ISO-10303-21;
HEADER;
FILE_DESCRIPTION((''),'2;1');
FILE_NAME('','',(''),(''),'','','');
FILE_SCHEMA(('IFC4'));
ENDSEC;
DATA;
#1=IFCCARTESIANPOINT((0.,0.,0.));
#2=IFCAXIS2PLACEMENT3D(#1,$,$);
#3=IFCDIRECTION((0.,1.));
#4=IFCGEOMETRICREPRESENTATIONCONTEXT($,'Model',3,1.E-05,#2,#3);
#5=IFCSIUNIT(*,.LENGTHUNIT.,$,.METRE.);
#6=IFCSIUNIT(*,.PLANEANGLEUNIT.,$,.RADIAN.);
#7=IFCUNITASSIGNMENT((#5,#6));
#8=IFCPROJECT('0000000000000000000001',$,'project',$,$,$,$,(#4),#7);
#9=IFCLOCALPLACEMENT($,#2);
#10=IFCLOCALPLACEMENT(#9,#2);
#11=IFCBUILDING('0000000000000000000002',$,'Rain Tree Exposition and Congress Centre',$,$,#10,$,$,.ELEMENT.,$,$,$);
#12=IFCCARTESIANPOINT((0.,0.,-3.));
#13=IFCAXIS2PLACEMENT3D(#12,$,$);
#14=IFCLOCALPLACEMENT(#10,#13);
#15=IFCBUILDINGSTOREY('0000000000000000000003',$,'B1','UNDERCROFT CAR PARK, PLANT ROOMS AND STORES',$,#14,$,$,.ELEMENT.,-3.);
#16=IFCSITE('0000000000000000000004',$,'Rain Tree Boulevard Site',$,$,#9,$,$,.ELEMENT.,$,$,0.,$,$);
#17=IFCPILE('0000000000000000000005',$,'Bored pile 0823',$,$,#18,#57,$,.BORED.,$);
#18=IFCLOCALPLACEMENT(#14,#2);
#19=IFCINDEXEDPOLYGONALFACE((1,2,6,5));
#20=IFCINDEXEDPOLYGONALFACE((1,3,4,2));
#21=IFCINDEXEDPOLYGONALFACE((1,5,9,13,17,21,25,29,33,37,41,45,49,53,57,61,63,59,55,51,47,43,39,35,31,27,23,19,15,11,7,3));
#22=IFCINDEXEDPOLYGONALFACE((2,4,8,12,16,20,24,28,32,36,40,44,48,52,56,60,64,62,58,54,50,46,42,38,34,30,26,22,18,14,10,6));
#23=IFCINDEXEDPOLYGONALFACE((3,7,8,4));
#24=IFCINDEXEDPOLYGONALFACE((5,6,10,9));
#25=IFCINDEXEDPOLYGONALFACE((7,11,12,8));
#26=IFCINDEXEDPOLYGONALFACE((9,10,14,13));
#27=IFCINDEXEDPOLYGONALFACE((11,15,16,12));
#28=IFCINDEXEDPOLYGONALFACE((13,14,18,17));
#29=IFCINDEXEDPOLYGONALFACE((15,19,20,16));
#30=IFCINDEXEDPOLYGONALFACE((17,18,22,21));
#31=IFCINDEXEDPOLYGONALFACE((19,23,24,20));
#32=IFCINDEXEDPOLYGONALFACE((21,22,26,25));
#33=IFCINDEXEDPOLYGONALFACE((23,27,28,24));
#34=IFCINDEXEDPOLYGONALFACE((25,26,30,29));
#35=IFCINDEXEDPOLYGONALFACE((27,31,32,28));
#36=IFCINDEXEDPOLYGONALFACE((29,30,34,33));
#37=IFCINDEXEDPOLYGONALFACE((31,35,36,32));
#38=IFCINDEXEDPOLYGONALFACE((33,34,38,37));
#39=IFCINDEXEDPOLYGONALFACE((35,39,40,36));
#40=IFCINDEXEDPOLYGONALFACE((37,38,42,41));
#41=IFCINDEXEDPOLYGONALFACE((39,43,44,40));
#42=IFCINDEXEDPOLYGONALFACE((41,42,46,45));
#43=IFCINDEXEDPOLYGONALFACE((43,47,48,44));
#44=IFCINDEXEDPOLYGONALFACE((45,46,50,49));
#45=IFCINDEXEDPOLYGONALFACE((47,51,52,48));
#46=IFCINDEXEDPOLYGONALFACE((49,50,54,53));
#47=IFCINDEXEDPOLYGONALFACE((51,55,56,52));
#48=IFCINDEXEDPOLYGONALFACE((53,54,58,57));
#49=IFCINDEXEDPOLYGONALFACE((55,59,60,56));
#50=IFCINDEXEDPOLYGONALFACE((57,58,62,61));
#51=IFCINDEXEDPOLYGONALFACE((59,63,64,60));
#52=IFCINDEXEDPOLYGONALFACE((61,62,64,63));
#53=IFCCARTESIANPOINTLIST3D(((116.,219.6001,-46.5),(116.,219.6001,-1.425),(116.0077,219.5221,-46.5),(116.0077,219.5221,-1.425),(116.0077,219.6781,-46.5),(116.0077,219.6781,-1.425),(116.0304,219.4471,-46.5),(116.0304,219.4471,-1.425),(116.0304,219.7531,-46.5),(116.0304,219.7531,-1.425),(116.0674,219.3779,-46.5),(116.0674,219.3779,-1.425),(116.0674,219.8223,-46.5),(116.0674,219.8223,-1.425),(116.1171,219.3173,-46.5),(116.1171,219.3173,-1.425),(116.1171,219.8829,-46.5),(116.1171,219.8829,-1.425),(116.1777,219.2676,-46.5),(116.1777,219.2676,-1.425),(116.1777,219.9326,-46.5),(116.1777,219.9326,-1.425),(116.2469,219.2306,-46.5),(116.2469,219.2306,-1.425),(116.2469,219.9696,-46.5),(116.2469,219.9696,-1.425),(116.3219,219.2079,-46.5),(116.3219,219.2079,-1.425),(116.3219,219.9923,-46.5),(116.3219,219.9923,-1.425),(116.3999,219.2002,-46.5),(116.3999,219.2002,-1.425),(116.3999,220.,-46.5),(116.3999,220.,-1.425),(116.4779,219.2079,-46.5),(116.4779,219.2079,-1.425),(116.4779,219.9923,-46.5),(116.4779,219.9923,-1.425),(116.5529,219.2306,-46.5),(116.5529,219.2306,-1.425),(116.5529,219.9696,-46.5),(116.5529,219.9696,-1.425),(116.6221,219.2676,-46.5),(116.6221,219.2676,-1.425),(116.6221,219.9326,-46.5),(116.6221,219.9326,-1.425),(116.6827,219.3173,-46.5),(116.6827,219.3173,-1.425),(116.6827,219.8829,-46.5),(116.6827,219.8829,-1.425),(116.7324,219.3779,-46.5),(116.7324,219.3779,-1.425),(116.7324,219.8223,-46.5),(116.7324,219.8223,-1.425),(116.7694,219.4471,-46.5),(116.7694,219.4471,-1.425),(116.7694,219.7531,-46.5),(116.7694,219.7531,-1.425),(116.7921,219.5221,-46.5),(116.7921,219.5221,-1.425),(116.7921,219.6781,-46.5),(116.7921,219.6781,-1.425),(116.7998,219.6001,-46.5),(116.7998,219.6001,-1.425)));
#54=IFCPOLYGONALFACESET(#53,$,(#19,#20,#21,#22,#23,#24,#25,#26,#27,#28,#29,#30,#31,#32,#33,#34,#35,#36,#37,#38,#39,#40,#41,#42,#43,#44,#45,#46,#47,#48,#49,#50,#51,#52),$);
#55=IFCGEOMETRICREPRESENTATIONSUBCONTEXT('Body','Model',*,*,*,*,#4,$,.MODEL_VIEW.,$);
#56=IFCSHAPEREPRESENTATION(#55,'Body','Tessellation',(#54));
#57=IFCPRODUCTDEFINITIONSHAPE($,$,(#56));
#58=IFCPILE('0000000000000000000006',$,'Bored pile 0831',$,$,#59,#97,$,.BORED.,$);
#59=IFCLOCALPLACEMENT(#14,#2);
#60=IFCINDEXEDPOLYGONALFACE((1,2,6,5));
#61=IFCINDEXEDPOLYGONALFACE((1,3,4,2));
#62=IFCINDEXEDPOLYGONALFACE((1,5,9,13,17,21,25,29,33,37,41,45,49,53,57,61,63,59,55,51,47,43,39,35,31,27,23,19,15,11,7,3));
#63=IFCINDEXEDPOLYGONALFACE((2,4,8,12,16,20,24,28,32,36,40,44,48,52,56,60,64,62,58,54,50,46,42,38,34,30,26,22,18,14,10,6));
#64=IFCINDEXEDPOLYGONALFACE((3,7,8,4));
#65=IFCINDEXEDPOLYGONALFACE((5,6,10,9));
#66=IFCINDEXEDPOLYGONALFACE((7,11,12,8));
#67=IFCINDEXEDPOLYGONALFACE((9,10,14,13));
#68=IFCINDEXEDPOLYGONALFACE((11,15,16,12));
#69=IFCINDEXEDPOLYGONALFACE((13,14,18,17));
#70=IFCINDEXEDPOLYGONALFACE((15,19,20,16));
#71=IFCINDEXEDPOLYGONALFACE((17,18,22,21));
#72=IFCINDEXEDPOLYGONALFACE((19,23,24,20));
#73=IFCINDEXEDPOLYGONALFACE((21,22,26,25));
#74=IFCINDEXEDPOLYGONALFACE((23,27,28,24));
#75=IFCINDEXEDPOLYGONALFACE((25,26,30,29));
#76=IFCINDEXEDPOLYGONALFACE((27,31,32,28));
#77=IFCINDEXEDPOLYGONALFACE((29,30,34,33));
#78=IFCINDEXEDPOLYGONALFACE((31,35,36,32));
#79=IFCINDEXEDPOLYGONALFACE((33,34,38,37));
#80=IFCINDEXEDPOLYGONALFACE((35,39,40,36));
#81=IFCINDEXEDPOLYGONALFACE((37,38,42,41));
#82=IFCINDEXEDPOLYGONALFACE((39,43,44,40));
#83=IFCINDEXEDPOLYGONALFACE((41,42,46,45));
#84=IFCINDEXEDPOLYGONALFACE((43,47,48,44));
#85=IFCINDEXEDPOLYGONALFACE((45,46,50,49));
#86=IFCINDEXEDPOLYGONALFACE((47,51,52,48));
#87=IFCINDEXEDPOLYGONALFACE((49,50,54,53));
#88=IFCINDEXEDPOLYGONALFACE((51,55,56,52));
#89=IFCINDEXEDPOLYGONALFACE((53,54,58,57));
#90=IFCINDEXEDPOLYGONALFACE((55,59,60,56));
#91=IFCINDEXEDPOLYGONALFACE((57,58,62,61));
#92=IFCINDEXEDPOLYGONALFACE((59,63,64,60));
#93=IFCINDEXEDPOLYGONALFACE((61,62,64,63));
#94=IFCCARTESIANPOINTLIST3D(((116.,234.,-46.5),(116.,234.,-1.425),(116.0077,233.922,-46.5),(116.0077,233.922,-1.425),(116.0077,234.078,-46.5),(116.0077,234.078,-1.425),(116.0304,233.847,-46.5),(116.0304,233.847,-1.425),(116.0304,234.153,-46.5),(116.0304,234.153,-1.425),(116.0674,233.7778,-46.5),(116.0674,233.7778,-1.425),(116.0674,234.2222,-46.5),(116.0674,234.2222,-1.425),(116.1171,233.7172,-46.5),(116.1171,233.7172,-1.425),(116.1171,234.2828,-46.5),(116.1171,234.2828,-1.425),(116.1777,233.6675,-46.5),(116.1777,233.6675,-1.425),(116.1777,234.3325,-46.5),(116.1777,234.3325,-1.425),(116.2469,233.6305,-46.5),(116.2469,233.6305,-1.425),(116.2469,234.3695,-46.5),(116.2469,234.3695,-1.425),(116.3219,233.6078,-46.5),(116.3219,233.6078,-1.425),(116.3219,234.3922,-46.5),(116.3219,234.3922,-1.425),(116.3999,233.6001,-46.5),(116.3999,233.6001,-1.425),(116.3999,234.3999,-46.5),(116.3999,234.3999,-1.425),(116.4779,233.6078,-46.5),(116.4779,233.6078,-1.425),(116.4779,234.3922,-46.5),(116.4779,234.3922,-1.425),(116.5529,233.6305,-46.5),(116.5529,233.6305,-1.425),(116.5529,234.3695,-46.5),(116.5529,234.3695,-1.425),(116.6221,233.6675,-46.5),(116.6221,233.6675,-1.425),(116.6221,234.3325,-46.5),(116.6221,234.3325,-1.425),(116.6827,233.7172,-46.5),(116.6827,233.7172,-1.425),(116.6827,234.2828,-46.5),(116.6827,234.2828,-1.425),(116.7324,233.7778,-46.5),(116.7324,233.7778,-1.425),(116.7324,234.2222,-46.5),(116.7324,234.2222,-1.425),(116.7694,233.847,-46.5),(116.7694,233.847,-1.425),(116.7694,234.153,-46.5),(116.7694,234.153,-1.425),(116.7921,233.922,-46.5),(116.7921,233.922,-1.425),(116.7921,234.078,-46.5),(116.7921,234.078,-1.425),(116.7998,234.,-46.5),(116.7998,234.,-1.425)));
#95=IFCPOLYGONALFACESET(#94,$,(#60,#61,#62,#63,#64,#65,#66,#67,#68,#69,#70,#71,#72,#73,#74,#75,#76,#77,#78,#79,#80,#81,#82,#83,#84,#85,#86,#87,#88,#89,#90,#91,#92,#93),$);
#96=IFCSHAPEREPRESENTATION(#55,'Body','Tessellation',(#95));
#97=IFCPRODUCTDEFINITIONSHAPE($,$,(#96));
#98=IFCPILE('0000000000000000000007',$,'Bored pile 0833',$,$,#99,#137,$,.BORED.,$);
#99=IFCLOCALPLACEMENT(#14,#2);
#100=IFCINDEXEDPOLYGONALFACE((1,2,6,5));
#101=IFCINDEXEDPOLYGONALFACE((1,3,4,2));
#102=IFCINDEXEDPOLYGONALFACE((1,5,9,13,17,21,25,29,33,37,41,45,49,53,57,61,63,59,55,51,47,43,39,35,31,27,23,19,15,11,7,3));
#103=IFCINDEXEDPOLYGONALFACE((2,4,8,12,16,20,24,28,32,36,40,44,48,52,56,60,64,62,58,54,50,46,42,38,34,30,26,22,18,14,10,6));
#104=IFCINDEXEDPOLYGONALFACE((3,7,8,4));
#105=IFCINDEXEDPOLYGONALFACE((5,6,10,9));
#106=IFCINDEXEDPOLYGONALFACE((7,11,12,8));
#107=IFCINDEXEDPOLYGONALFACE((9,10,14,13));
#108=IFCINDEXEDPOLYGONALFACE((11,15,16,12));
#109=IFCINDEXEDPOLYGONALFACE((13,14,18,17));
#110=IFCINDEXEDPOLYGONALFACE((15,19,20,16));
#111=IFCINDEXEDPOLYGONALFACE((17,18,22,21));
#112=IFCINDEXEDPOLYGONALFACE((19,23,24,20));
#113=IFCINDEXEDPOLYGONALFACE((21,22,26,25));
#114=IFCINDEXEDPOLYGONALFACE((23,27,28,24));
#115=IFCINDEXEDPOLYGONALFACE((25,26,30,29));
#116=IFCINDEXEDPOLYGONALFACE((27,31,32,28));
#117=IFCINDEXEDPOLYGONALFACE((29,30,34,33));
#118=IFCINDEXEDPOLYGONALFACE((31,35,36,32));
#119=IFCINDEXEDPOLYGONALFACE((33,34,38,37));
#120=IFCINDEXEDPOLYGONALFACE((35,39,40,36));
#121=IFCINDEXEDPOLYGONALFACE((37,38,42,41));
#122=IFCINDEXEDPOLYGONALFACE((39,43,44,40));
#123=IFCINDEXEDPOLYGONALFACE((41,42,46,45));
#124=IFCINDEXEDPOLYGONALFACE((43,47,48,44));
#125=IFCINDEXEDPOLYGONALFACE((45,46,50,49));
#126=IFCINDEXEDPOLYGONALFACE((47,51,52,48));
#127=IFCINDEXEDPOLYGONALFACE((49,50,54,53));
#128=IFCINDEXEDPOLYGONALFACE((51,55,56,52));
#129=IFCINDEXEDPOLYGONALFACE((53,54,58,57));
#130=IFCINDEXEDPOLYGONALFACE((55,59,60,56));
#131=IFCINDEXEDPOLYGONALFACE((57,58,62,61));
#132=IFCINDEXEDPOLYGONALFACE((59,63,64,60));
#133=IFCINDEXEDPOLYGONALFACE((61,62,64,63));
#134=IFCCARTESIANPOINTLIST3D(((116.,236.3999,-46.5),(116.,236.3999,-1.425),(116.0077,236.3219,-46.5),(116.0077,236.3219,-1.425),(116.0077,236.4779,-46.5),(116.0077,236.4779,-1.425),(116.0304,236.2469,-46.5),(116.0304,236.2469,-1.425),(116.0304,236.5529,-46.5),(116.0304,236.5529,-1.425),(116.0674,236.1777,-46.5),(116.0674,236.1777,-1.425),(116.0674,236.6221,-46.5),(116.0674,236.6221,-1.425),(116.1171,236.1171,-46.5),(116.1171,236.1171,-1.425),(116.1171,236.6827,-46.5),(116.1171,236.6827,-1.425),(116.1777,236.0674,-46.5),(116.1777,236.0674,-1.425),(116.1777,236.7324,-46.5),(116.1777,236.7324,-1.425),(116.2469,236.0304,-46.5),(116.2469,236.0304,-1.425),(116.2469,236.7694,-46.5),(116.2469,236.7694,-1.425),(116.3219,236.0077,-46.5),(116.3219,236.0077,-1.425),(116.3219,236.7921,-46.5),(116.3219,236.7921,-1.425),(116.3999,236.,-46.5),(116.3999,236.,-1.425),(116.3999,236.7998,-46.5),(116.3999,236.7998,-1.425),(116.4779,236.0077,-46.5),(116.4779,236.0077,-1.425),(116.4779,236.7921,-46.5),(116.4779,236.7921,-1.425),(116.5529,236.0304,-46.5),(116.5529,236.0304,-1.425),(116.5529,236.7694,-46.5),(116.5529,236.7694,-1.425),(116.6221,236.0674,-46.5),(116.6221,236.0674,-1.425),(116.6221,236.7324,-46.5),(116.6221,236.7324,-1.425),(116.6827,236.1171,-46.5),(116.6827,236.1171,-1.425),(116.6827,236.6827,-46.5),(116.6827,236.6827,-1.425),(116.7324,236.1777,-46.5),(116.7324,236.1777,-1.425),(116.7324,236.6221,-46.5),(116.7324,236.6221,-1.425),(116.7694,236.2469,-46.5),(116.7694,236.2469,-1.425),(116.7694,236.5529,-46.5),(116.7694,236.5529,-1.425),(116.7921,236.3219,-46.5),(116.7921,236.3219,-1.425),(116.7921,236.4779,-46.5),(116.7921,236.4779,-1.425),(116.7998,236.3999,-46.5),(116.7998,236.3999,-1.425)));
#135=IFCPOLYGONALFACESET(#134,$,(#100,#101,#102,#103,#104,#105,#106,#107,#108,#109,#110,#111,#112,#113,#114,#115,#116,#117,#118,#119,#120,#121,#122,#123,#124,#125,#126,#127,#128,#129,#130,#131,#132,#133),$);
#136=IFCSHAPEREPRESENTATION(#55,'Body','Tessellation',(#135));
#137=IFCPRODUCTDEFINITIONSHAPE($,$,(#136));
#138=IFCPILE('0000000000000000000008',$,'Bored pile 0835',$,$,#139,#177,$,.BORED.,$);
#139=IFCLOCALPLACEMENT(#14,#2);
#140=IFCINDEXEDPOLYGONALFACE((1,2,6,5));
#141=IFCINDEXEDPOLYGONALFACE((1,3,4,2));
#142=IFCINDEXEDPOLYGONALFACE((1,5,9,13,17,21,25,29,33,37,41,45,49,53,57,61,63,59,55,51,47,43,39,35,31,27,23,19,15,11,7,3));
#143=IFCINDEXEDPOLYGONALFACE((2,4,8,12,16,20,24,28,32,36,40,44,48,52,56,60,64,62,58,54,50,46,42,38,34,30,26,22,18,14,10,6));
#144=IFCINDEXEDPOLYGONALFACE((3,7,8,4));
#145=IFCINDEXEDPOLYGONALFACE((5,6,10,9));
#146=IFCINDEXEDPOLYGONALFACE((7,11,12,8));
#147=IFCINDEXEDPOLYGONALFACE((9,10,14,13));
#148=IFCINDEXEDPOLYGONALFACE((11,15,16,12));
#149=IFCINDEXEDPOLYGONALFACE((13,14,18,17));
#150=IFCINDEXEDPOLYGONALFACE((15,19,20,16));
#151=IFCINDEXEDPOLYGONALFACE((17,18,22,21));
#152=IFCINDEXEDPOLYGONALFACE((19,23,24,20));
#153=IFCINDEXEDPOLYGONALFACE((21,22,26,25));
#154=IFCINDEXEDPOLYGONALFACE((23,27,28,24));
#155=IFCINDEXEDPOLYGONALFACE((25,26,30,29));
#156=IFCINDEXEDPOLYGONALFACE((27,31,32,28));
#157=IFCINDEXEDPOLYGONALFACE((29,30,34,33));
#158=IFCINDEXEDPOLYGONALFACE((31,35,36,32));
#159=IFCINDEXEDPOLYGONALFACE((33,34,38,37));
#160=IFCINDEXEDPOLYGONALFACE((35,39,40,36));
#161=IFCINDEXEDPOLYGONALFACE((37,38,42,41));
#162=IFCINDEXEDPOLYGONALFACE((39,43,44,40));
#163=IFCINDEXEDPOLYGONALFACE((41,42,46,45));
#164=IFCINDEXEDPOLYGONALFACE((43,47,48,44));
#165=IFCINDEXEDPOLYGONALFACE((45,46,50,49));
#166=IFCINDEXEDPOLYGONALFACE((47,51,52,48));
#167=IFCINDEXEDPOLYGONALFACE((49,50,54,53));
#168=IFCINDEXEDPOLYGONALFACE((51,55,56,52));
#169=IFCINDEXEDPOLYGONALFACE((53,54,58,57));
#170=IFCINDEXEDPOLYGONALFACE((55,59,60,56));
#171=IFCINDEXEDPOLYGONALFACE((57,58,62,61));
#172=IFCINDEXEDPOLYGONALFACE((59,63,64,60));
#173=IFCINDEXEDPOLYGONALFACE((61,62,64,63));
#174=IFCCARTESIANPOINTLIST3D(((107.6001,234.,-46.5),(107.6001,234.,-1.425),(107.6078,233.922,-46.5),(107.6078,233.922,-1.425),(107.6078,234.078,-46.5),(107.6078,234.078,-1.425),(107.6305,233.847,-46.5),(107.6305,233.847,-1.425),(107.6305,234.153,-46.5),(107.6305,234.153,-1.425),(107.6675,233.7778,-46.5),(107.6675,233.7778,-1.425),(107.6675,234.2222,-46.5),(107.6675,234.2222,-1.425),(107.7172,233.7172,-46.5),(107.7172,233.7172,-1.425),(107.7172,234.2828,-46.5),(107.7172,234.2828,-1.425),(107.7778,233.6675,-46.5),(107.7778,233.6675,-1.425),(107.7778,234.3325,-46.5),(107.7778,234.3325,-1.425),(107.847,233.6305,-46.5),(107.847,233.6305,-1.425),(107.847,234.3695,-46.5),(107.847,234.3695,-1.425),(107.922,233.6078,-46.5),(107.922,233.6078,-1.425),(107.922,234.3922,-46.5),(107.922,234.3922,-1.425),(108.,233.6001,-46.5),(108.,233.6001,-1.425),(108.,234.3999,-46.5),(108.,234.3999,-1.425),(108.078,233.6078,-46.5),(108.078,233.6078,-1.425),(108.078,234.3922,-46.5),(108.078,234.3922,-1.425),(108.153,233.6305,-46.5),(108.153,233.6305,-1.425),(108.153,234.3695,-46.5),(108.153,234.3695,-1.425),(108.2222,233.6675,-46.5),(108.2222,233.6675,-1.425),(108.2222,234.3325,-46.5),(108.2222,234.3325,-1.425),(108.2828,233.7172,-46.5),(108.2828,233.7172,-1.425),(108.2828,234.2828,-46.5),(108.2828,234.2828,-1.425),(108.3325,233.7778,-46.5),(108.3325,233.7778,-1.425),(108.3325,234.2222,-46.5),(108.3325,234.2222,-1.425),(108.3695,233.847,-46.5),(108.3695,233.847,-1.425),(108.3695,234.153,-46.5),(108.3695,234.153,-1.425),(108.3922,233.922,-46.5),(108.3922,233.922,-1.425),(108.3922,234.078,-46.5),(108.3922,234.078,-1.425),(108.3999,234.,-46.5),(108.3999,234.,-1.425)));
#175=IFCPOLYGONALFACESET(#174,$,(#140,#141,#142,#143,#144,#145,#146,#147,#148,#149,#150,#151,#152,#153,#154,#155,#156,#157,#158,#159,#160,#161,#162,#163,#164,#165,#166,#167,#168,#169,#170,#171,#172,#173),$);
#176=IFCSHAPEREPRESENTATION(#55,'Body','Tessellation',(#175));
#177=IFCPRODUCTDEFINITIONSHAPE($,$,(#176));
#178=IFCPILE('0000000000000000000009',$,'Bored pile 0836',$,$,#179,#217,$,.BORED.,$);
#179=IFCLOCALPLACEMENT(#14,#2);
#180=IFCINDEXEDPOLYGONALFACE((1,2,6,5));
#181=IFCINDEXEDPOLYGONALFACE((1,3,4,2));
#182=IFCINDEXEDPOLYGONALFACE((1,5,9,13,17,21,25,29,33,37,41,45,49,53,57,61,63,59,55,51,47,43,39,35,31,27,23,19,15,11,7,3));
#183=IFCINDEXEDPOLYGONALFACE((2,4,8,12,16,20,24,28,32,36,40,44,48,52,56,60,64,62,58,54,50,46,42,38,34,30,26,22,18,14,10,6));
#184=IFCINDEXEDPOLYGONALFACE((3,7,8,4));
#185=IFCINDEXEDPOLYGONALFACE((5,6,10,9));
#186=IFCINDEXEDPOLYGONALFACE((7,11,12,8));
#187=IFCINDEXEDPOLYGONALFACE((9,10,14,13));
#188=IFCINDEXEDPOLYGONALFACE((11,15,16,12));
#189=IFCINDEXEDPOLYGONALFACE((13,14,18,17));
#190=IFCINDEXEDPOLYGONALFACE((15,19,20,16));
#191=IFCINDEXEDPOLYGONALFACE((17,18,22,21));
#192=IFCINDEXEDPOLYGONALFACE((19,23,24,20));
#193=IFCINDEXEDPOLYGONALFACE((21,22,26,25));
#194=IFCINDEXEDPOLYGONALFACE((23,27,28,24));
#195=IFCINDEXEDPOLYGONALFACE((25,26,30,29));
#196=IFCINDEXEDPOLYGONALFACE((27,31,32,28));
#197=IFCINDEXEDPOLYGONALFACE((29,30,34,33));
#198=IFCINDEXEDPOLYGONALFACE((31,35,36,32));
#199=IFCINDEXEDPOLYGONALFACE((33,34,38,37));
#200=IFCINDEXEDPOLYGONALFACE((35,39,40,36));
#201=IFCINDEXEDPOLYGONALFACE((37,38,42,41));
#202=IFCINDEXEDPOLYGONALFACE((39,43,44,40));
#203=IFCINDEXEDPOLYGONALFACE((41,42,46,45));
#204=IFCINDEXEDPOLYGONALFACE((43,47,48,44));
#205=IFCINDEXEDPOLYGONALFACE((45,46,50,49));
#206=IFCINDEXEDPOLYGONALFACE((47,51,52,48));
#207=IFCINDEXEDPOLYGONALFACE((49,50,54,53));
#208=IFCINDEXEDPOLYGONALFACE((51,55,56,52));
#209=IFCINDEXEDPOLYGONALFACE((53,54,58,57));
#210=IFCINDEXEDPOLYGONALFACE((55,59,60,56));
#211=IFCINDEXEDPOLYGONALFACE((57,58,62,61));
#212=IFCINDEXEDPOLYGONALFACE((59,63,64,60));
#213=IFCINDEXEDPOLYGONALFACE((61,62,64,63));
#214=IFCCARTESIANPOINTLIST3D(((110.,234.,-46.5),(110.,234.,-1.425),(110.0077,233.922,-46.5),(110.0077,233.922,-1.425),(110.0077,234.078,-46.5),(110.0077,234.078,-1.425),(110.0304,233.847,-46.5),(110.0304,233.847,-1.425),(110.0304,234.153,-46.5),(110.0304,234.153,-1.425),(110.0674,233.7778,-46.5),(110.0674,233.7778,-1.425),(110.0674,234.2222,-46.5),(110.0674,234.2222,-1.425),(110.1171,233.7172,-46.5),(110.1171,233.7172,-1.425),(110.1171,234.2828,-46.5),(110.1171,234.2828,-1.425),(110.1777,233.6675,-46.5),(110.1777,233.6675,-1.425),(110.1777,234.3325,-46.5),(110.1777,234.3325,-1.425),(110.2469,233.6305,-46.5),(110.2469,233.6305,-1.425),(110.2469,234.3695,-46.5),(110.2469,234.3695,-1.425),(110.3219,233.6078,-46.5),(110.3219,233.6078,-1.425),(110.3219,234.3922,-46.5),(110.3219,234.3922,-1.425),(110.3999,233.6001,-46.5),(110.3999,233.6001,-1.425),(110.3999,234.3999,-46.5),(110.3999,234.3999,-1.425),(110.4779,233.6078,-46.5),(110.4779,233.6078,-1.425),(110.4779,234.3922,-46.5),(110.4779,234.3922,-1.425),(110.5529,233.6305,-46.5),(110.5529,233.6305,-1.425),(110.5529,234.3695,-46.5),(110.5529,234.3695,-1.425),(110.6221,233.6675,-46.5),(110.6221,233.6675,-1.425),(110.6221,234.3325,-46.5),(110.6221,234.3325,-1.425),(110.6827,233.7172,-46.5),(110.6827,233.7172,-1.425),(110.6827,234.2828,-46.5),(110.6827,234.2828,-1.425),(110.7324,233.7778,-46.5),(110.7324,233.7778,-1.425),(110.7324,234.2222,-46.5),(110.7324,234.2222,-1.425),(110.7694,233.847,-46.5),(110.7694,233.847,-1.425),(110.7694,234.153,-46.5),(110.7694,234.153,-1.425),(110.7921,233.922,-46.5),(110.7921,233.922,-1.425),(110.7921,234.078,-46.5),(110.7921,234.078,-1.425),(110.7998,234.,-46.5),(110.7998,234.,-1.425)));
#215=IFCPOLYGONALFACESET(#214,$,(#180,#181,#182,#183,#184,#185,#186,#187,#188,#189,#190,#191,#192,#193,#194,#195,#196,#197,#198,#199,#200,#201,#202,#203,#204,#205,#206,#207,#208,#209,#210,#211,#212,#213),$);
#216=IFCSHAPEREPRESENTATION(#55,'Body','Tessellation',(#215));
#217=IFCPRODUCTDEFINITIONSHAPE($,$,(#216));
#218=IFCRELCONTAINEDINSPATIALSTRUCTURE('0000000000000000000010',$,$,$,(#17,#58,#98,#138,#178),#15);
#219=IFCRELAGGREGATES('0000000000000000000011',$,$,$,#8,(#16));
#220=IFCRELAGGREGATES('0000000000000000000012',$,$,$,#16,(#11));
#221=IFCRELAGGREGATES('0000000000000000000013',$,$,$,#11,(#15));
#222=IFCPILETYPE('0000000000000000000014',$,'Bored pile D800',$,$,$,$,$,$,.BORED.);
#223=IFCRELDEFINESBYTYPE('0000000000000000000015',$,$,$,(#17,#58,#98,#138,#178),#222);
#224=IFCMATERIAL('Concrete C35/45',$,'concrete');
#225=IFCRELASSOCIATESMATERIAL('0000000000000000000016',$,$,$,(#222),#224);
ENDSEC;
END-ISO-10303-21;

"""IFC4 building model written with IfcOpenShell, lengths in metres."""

from ifc_helpers import new_model, si_unit, direction, frame, origin, origin_2d, place, context, subcontext, project, spatial, circle, extrude, material, material_profile, profile_set, type_object, element, save


model = new_model("IFC4")

# Units and contexts
model_context = context("Model", 3, precision=1e-05, world=origin(), true_north=direction((0.0, 1.0)))
body_context = subcontext(model_context, "Body", "Model", "MODEL_VIEW")
ifc_project = project(units=[si_unit("LENGTHUNIT", "METRE"), si_unit("PLANEANGLEUNIT", "RADIAN")], contexts=[model_context])

# Site, building, storey
site_placement = place(None, origin())
site = spatial("IfcSite", under=ifc_project, at=site_placement, Name="Rain Tree Boulevard Site", CompositionType="ELEMENT", RefElevation=0.0)
building_placement = place(site_placement, origin())
building = spatial("IfcBuilding", under=site, at=building_placement, Name="Rain Tree Exposition and Congress Centre", CompositionType="ELEMENT")
storey_placement = place(building_placement, frame((0.0, 0.0, -3.0)))
storey = spatial("IfcBuildingStorey", under=building, at=storey_placement, Name="B1", Description="UNDERCROFT CAR PARK, PLANT ROOMS AND STORES", CompositionType="ELEMENT", Elevation=-3.0)

# Piles
ifc_material_1 = material(Name="Concrete C35/45", Category="concrete")
ifc_material_profile_1 = material_profile(ifc_material_1, circle(Radius=0.3999, at=origin_2d()), Name="D800")
ifc_profile_set_1 = profile_set([ifc_material_profile_1], Name="Concrete C35/45")
pile_type = type_object("IfcPileType", Name="Bored pile D800", PredefinedType="BORED", material=ifc_profile_set_1)
for number, where, z_axis, x_axis, name in (
    (1, (116.3999, 219.6001, -1.425), (0.0, 0.0, -1.0), (1.0, 0.0, 0.0), "Bored pile 0823"),
    (2, (116.3999, 234.0, -1.425), (0.0, 0.0, -1.0), (1.0, 0.0, 0.0), "Bored pile 0831"),
    (3, (116.3999, 236.3999, -1.425), (0.0, 0.0, -1.0), (1.0, 0.0, 0.0), "Bored pile 0833"),
    (4, (108.0, 234.0, -1.425), (0.0, 0.0, -1.0), (1.0, 0.0, 0.0), "Bored pile 0835"),
    (5, (110.3999, 234.0, -1.425), (0.0, 0.0, -1.0), (1.0, 0.0, 0.0), "Bored pile 0836"),
):
    element("IfcPile", number, at=place(storey_placement, frame(where, z_axis=z_axis, x_axis=x_axis)), inside=storey, type_object=pile_type, Name=name, PredefinedType="BORED", context=body_context, shape_type="SweptSolid", body=[
        extrude(circle(Radius=0.3999, at=origin_2d()), origin(), (0.0, 0.0, 1.0), 45.075),
    ])

save(model, "model.ifc")
